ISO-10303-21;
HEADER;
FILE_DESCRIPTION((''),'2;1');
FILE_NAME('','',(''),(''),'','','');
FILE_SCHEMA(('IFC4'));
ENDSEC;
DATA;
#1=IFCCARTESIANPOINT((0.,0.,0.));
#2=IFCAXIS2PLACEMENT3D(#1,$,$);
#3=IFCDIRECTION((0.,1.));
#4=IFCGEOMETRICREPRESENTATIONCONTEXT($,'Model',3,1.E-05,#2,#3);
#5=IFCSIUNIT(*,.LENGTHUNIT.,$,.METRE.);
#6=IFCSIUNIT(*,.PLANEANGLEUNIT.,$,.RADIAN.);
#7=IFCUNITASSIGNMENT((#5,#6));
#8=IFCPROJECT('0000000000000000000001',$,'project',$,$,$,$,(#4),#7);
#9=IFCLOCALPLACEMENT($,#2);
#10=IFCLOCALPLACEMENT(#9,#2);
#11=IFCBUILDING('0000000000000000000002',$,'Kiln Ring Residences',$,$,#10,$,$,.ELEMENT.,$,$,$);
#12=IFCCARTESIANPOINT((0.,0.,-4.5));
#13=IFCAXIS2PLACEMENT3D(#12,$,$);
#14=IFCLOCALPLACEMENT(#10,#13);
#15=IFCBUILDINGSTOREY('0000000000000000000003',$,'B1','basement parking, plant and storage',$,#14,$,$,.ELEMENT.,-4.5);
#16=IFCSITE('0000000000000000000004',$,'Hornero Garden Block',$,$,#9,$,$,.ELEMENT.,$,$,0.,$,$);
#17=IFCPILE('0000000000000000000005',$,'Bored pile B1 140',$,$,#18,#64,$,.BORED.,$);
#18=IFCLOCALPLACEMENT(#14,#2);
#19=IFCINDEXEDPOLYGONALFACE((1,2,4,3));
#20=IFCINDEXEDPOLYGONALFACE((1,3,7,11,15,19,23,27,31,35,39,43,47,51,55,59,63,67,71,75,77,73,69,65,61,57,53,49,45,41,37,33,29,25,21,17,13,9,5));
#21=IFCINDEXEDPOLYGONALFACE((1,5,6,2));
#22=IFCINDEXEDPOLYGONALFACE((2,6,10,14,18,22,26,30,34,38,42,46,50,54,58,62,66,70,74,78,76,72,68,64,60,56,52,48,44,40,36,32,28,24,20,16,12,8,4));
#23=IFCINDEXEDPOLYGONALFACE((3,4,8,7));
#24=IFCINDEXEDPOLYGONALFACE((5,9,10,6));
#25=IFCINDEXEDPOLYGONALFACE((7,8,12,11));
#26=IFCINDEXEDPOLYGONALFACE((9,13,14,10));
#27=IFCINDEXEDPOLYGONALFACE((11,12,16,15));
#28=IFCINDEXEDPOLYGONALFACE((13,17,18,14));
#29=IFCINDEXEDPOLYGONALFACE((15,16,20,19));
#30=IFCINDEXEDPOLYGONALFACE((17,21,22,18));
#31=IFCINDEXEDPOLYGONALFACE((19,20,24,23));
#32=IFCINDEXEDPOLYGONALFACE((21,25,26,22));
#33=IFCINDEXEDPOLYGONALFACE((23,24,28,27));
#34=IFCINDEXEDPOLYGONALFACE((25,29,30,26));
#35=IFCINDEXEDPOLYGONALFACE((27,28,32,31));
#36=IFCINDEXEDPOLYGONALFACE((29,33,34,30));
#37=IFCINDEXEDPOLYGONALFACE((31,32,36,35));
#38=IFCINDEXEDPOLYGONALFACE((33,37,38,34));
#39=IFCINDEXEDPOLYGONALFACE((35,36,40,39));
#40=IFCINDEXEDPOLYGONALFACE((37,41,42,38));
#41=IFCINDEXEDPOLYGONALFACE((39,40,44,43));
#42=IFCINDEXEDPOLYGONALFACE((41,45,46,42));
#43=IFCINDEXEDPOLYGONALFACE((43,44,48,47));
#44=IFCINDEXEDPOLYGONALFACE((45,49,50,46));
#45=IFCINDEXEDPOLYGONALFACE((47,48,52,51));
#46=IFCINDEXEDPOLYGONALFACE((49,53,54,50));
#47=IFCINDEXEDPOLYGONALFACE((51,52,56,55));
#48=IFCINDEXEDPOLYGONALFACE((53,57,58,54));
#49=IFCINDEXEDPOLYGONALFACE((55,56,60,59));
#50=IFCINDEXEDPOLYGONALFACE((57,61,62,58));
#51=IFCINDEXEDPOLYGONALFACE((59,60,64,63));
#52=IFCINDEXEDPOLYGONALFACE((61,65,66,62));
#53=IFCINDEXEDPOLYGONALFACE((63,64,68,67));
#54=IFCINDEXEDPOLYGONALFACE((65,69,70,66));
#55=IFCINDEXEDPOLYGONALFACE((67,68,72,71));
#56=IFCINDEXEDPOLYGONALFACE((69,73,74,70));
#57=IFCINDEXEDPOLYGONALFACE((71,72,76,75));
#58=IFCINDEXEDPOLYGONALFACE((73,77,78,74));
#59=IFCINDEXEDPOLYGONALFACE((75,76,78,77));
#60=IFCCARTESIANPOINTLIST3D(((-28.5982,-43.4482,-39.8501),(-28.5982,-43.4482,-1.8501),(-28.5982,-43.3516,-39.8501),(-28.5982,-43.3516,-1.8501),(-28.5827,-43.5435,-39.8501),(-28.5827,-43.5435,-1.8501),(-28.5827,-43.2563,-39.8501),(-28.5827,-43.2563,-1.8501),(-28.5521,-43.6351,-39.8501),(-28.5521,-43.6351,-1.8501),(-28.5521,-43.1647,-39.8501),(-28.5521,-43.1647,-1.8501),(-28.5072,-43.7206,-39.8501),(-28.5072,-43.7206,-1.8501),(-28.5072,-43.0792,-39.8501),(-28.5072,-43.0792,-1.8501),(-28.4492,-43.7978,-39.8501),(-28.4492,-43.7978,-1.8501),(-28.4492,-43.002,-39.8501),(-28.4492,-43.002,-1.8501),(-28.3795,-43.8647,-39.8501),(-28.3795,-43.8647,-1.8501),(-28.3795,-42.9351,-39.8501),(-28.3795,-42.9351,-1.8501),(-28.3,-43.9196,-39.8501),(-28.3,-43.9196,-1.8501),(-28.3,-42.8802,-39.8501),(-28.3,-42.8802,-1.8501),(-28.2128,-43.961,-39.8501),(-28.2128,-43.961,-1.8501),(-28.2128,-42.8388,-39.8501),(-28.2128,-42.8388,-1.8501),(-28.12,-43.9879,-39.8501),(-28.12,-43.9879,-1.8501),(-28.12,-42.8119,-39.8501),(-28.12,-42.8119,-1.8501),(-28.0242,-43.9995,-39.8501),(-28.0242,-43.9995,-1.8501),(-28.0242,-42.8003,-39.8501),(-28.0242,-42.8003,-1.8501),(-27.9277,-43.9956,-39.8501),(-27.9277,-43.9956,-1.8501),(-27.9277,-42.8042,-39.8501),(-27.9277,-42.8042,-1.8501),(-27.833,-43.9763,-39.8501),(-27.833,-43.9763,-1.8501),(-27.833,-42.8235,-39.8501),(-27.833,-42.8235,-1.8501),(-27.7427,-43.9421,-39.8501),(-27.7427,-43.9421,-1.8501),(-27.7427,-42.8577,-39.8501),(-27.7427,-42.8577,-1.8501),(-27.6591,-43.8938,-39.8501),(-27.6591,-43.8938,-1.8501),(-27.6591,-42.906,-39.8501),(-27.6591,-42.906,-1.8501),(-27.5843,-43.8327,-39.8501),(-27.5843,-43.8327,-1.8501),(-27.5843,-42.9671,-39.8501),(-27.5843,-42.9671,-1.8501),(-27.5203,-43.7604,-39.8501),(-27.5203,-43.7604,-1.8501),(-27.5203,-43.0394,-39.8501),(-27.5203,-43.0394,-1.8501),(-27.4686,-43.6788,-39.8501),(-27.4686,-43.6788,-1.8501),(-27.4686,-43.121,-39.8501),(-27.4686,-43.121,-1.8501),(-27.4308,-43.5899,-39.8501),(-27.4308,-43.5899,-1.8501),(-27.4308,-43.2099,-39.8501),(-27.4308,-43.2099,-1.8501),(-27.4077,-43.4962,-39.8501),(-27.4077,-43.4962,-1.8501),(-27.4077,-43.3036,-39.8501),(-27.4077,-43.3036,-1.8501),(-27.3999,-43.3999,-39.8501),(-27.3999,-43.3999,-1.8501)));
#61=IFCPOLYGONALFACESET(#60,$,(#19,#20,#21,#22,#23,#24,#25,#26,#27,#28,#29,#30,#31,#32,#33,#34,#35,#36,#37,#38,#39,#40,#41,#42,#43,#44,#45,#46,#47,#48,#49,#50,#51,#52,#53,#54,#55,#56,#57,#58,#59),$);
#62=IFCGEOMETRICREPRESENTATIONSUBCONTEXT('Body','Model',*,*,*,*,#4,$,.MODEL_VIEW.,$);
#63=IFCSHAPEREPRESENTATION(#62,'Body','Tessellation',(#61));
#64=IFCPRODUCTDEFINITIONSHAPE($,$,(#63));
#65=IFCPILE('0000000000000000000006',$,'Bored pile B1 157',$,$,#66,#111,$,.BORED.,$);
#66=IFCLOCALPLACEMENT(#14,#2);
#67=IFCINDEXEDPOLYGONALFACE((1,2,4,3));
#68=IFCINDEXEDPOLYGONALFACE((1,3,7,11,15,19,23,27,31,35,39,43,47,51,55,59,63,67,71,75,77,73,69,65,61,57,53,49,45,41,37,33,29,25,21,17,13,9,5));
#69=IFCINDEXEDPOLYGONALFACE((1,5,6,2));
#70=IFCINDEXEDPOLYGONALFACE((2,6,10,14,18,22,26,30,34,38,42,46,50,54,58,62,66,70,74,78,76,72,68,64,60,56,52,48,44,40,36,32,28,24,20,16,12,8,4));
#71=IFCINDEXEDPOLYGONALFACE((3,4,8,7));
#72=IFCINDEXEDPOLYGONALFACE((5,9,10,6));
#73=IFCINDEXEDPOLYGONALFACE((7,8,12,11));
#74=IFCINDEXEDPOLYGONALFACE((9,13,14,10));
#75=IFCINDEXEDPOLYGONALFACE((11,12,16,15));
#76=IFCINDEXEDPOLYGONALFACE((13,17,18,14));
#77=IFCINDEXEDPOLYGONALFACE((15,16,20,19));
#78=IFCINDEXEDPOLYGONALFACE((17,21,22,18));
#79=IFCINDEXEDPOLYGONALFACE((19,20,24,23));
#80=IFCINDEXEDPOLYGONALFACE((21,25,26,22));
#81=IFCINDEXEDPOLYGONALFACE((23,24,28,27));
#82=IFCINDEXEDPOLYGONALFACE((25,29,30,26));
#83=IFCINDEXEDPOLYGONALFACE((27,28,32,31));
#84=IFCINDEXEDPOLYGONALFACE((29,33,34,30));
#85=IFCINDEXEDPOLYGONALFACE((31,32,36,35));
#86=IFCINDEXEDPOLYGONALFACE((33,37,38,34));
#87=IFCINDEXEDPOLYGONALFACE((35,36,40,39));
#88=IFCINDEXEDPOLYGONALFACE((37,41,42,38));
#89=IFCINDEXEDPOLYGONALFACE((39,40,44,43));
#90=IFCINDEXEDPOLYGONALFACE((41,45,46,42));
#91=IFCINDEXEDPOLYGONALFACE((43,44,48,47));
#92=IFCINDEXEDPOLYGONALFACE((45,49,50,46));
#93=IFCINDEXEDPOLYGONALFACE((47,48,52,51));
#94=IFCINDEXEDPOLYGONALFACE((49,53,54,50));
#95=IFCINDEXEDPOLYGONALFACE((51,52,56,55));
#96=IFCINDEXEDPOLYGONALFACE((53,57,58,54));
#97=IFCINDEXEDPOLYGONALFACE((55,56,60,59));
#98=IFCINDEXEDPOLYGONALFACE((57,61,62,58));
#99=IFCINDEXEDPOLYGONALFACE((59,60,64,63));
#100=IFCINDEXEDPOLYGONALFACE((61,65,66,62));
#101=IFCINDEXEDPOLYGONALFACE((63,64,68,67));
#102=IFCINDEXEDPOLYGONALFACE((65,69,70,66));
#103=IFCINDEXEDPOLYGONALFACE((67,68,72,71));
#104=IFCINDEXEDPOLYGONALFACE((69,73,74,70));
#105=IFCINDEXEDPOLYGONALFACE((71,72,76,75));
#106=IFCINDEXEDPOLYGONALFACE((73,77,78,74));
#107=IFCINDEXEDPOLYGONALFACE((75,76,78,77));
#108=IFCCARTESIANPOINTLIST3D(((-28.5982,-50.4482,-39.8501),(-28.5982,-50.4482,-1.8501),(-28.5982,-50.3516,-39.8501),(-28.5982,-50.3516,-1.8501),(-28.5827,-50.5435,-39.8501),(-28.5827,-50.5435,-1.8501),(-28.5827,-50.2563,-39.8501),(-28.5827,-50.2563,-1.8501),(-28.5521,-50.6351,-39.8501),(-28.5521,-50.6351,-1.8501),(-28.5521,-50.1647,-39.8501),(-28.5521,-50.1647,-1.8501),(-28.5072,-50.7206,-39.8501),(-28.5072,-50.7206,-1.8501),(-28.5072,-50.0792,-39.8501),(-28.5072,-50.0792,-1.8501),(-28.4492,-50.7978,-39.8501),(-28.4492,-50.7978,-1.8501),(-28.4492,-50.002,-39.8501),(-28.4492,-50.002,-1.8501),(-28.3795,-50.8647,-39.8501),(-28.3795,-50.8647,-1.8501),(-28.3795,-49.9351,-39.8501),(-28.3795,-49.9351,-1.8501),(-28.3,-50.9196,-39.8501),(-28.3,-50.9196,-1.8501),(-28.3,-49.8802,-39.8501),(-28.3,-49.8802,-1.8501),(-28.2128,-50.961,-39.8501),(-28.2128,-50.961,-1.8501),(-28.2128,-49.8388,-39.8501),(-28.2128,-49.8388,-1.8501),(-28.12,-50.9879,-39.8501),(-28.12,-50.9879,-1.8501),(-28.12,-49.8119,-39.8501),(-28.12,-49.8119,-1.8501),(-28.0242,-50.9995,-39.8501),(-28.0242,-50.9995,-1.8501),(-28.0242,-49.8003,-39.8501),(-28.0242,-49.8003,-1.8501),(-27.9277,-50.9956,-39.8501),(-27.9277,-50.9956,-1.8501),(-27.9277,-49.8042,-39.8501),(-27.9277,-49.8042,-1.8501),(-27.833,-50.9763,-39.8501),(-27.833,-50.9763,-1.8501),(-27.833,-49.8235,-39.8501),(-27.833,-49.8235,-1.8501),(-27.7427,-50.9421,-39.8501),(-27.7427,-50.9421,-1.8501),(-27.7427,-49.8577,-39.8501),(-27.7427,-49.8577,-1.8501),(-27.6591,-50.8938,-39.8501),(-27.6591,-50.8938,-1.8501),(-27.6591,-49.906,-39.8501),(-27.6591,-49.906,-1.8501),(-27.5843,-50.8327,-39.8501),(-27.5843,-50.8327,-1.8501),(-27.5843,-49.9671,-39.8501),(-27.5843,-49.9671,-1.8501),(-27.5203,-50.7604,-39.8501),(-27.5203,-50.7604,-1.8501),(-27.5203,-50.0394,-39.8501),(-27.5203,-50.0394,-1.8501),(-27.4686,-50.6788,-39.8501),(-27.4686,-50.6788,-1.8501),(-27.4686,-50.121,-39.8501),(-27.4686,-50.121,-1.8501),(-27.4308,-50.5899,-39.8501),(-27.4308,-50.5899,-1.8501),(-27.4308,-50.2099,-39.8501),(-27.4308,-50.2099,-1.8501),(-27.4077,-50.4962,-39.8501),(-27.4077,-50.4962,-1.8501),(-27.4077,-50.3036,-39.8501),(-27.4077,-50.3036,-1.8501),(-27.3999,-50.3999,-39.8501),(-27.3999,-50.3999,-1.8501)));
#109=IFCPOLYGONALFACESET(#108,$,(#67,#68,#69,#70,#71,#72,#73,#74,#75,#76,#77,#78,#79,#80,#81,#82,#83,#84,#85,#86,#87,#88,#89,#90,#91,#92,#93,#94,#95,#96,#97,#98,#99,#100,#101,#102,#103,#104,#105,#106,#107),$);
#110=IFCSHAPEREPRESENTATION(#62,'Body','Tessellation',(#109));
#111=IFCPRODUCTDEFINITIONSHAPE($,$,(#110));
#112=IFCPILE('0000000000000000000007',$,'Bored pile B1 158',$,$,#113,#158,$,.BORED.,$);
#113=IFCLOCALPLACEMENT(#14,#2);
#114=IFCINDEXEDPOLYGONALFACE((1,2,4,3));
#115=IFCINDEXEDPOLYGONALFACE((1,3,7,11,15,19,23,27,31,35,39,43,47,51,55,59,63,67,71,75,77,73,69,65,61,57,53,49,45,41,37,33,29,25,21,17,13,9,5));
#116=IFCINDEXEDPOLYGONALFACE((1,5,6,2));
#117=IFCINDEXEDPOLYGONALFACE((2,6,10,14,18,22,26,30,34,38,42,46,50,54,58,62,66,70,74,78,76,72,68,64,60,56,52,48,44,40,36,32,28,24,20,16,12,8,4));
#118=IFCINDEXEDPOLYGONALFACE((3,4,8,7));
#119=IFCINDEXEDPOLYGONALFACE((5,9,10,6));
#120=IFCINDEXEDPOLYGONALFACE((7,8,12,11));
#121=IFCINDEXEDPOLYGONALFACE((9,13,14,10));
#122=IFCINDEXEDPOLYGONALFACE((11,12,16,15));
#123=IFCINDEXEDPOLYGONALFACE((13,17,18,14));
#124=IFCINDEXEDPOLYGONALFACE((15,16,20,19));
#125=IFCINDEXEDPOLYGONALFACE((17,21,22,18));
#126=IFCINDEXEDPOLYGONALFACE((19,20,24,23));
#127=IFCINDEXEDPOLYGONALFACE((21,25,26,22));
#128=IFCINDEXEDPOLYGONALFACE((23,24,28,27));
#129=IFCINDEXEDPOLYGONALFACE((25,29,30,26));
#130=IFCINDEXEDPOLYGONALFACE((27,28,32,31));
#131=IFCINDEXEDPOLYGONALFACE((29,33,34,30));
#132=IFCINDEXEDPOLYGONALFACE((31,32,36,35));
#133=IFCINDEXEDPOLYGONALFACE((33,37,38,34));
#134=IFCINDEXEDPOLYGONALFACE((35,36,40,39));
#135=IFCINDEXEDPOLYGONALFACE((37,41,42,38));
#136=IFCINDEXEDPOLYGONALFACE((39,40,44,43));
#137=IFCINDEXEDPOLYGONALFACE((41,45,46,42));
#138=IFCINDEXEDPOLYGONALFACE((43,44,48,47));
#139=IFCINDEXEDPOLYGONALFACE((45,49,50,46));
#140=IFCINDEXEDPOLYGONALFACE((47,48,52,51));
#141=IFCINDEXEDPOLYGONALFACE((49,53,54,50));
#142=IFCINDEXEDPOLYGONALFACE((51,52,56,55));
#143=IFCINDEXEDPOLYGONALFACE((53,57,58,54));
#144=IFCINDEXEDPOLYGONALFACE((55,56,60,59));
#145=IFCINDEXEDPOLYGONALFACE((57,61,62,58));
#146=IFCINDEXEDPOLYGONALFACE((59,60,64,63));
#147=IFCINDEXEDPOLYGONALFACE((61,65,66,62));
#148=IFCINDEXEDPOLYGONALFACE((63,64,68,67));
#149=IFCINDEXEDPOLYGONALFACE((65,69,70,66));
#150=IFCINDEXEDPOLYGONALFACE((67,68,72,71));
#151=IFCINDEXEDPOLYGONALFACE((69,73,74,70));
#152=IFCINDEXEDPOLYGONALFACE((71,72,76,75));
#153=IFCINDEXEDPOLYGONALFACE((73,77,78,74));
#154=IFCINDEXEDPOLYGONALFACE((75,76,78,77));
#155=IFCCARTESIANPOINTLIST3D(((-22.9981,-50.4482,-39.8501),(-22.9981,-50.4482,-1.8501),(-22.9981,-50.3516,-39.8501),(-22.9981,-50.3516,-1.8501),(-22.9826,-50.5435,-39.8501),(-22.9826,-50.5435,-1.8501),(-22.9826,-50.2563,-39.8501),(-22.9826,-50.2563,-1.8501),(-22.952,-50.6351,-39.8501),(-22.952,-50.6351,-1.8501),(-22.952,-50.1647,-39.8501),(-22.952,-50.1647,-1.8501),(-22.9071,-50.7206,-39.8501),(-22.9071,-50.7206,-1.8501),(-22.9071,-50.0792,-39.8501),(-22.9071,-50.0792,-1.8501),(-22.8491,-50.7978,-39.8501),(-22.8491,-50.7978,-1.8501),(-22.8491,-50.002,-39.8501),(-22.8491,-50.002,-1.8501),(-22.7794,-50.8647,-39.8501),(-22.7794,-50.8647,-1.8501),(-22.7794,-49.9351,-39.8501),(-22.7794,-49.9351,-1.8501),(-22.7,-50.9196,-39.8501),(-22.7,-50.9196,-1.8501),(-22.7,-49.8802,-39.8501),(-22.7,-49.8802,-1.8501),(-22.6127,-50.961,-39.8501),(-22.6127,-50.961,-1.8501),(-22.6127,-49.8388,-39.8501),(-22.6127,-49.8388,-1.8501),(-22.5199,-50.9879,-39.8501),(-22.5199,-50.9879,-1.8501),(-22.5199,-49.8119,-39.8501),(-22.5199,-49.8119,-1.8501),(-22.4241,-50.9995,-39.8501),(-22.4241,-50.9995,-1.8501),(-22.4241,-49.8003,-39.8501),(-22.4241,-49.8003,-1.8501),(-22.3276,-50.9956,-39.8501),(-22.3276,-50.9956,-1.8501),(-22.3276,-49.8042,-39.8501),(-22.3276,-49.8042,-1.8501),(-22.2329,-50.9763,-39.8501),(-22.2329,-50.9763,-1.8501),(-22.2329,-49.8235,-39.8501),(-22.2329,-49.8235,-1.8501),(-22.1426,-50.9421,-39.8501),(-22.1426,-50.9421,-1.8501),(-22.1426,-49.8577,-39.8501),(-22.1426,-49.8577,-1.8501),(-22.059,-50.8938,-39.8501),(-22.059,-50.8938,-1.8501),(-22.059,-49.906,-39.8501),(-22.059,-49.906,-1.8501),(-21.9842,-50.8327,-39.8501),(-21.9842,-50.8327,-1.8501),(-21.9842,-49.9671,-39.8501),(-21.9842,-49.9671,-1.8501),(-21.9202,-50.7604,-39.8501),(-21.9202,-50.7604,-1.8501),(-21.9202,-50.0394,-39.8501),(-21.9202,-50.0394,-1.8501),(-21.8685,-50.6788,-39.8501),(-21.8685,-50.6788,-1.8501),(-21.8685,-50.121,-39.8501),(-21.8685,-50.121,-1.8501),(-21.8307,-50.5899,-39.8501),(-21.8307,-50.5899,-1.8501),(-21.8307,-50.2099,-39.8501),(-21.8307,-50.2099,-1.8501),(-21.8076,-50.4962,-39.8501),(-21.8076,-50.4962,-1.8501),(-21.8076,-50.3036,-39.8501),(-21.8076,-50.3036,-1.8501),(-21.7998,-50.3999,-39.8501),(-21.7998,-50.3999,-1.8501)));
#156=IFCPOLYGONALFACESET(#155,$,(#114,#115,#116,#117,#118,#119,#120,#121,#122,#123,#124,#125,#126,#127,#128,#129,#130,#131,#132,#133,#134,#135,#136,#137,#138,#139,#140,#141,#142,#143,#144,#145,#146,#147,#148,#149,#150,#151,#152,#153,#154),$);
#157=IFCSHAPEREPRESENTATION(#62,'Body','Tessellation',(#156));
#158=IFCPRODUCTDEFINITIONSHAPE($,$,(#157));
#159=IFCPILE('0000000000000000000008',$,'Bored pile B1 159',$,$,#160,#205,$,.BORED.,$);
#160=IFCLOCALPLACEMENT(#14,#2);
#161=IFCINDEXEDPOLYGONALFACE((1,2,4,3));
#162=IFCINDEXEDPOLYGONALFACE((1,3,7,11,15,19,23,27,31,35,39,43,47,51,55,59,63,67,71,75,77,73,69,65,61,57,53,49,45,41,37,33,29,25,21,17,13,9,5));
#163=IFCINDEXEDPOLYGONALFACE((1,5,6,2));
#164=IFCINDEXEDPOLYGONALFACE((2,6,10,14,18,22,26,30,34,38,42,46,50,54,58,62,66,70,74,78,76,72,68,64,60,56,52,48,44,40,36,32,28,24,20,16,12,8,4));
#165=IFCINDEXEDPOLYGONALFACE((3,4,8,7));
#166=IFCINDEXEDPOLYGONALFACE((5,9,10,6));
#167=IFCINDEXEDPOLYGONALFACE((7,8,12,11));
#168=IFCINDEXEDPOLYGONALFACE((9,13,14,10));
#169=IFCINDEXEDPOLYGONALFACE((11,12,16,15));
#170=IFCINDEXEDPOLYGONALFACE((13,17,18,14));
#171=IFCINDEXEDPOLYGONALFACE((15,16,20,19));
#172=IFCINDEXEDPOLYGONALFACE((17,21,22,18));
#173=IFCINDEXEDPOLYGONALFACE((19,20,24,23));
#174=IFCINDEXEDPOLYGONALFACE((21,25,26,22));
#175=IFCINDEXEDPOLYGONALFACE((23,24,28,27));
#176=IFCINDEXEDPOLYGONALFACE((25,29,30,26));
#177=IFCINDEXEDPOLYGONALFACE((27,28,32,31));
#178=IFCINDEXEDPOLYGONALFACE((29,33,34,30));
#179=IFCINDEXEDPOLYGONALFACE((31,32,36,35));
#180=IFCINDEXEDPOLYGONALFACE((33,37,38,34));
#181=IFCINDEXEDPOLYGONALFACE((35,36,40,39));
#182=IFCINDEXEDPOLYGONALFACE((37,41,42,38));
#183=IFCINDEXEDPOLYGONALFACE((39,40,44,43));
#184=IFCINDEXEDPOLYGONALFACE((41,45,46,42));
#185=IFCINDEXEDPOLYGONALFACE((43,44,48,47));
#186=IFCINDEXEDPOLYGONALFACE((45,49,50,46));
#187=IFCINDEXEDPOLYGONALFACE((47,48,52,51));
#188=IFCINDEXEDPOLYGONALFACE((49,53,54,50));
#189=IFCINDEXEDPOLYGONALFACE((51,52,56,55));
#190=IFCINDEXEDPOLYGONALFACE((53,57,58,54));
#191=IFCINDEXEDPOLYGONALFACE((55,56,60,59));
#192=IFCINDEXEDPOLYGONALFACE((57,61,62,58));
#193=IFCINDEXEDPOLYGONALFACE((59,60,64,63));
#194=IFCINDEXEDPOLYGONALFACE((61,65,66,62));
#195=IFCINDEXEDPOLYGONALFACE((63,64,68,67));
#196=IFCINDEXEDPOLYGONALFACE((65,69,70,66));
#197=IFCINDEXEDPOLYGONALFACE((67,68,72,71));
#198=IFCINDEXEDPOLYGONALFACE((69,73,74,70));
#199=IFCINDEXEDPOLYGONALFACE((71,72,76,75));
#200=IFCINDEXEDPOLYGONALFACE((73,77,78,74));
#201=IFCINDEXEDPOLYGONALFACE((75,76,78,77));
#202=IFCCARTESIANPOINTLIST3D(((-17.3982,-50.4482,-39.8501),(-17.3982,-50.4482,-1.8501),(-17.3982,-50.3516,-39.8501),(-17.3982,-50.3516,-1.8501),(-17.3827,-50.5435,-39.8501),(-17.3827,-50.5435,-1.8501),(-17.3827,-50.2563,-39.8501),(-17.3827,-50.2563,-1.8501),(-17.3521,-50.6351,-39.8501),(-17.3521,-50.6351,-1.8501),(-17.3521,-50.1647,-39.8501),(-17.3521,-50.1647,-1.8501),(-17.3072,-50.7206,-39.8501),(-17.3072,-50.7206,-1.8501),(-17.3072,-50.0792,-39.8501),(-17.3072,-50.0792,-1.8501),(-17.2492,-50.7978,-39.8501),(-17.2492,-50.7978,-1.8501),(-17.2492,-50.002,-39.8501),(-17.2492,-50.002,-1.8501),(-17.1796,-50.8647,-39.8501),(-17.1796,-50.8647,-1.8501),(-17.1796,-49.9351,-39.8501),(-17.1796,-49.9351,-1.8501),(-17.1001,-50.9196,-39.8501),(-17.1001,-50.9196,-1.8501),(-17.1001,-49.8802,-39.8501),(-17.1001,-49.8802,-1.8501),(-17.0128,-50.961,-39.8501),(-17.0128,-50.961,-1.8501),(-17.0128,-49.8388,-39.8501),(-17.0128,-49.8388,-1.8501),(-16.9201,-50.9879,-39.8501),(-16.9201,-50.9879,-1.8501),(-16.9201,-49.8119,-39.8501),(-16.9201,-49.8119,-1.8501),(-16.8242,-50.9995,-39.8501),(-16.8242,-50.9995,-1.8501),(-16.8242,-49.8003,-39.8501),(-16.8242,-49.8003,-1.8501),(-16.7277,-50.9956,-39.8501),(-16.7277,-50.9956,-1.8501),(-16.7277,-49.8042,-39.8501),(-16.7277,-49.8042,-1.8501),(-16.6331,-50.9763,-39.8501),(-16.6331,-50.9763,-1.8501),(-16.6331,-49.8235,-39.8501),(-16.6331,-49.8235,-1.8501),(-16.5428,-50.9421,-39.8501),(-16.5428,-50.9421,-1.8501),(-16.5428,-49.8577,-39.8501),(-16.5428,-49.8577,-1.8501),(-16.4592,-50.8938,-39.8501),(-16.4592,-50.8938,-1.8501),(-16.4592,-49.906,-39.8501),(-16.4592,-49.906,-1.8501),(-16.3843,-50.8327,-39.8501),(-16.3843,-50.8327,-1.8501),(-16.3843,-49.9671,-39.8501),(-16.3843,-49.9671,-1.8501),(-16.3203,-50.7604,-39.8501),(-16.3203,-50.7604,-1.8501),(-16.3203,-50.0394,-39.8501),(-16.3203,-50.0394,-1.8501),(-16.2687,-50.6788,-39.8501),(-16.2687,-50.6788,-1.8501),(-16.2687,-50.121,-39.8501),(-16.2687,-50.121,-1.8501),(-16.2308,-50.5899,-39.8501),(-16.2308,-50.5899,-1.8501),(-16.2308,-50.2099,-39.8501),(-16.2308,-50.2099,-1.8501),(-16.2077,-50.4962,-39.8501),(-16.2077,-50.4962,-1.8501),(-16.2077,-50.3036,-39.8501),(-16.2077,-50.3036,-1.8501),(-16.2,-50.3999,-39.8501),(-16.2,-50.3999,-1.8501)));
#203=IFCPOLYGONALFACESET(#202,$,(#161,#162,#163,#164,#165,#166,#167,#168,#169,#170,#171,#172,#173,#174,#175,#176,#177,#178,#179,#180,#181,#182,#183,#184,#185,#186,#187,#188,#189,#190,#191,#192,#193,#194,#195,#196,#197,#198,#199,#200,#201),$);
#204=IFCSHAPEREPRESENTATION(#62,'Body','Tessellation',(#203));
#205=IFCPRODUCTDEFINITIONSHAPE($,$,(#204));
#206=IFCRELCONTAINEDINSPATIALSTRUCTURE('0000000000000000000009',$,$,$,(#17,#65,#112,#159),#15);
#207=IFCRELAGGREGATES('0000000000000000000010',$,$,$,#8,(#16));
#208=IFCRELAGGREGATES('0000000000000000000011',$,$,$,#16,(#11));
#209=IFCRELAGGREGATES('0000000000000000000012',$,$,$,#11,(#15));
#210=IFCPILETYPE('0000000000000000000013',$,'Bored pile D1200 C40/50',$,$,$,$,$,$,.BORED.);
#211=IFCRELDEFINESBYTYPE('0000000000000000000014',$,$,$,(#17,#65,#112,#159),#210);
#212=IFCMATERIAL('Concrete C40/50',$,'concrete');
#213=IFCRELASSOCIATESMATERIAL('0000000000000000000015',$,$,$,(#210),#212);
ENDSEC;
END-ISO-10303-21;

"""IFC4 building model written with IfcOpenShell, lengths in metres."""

from ifc_helpers import new_model, si_unit, direction, frame, origin, origin_2d, place, context, subcontext, project, spatial, circle, extrude, material, material_profile, profile_set, type_object, element, save


model = new_model("IFC4")

# Units and contexts
model_context = context("Model", 3, precision=1e-05, world=origin(), true_north=direction((0.0, 1.0)))
body_context = subcontext(model_context, "Body", "Model", "MODEL_VIEW")
ifc_project = project(units=[si_unit("LENGTHUNIT", "METRE"), si_unit("PLANEANGLEUNIT", "RADIAN")], contexts=[model_context])

# Site, building, storey
site_placement = place(None, origin())
site = spatial("IfcSite", under=ifc_project, at=site_placement, Name="Hornero Garden Block", CompositionType="ELEMENT", RefElevation=0.0)
building_placement = place(site_placement, origin())
building = spatial("IfcBuilding", under=site, at=building_placement, Name="Kiln Ring Residences", CompositionType="ELEMENT")
storey_placement = place(building_placement, frame((0.0, 0.0, -4.5)))
storey = spatial("IfcBuildingStorey", under=building, at=storey_placement, Name="B1", Description="basement parking, plant and storage", CompositionType="ELEMENT", Elevation=-4.5)

# Piles
ifc_material_1 = material(Name="Concrete C40/50", Category="concrete")
ifc_material_profile_1 = material_profile(ifc_material_1, circle(Radius=0.6001, at=origin_2d()), Name="BORED1200")
ifc_profile_set_1 = profile_set([ifc_material_profile_1], Name="Concrete C40/50")
pile_type = type_object("IfcPileType", Name="Bored pile D1200 C40/50", PredefinedType="BORED", material=ifc_profile_set_1)
for number, where, z_axis, x_axis, name in (
    (1, (-28.0, -43.3999, -1.8501), (0.0, 0.0, -1.0), (1.0, 0.0, 0.0), "Bored pile B1 140"),
    (2, (-28.0, -50.3999, -1.8501), (0.0, 0.0, -1.0), (1.0, 0.0, 0.0), "Bored pile B1 157"),
    (3, (-22.3999, -50.3999, -1.8501), (0.0, 0.0, -1.0), (1.0, 0.0, 0.0), "Bored pile B1 158"),
    (4, (-16.8, -50.3999, -1.8501), (0.0, 0.0, -1.0), (1.0, 0.0, 0.0), "Bored pile B1 159"),
):
    element("IfcPile", number, at=place(storey_placement, frame(where, z_axis=z_axis, x_axis=x_axis)), inside=storey, type_object=pile_type, Name=name, PredefinedType="BORED", context=body_context, shape_type="SweptSolid", body=[
        extrude(circle(Radius=0.6001, at=origin_2d()), origin(), (0.0, 0.0, 1.0), 38.0),
    ])

save(model, "model.ifc")
